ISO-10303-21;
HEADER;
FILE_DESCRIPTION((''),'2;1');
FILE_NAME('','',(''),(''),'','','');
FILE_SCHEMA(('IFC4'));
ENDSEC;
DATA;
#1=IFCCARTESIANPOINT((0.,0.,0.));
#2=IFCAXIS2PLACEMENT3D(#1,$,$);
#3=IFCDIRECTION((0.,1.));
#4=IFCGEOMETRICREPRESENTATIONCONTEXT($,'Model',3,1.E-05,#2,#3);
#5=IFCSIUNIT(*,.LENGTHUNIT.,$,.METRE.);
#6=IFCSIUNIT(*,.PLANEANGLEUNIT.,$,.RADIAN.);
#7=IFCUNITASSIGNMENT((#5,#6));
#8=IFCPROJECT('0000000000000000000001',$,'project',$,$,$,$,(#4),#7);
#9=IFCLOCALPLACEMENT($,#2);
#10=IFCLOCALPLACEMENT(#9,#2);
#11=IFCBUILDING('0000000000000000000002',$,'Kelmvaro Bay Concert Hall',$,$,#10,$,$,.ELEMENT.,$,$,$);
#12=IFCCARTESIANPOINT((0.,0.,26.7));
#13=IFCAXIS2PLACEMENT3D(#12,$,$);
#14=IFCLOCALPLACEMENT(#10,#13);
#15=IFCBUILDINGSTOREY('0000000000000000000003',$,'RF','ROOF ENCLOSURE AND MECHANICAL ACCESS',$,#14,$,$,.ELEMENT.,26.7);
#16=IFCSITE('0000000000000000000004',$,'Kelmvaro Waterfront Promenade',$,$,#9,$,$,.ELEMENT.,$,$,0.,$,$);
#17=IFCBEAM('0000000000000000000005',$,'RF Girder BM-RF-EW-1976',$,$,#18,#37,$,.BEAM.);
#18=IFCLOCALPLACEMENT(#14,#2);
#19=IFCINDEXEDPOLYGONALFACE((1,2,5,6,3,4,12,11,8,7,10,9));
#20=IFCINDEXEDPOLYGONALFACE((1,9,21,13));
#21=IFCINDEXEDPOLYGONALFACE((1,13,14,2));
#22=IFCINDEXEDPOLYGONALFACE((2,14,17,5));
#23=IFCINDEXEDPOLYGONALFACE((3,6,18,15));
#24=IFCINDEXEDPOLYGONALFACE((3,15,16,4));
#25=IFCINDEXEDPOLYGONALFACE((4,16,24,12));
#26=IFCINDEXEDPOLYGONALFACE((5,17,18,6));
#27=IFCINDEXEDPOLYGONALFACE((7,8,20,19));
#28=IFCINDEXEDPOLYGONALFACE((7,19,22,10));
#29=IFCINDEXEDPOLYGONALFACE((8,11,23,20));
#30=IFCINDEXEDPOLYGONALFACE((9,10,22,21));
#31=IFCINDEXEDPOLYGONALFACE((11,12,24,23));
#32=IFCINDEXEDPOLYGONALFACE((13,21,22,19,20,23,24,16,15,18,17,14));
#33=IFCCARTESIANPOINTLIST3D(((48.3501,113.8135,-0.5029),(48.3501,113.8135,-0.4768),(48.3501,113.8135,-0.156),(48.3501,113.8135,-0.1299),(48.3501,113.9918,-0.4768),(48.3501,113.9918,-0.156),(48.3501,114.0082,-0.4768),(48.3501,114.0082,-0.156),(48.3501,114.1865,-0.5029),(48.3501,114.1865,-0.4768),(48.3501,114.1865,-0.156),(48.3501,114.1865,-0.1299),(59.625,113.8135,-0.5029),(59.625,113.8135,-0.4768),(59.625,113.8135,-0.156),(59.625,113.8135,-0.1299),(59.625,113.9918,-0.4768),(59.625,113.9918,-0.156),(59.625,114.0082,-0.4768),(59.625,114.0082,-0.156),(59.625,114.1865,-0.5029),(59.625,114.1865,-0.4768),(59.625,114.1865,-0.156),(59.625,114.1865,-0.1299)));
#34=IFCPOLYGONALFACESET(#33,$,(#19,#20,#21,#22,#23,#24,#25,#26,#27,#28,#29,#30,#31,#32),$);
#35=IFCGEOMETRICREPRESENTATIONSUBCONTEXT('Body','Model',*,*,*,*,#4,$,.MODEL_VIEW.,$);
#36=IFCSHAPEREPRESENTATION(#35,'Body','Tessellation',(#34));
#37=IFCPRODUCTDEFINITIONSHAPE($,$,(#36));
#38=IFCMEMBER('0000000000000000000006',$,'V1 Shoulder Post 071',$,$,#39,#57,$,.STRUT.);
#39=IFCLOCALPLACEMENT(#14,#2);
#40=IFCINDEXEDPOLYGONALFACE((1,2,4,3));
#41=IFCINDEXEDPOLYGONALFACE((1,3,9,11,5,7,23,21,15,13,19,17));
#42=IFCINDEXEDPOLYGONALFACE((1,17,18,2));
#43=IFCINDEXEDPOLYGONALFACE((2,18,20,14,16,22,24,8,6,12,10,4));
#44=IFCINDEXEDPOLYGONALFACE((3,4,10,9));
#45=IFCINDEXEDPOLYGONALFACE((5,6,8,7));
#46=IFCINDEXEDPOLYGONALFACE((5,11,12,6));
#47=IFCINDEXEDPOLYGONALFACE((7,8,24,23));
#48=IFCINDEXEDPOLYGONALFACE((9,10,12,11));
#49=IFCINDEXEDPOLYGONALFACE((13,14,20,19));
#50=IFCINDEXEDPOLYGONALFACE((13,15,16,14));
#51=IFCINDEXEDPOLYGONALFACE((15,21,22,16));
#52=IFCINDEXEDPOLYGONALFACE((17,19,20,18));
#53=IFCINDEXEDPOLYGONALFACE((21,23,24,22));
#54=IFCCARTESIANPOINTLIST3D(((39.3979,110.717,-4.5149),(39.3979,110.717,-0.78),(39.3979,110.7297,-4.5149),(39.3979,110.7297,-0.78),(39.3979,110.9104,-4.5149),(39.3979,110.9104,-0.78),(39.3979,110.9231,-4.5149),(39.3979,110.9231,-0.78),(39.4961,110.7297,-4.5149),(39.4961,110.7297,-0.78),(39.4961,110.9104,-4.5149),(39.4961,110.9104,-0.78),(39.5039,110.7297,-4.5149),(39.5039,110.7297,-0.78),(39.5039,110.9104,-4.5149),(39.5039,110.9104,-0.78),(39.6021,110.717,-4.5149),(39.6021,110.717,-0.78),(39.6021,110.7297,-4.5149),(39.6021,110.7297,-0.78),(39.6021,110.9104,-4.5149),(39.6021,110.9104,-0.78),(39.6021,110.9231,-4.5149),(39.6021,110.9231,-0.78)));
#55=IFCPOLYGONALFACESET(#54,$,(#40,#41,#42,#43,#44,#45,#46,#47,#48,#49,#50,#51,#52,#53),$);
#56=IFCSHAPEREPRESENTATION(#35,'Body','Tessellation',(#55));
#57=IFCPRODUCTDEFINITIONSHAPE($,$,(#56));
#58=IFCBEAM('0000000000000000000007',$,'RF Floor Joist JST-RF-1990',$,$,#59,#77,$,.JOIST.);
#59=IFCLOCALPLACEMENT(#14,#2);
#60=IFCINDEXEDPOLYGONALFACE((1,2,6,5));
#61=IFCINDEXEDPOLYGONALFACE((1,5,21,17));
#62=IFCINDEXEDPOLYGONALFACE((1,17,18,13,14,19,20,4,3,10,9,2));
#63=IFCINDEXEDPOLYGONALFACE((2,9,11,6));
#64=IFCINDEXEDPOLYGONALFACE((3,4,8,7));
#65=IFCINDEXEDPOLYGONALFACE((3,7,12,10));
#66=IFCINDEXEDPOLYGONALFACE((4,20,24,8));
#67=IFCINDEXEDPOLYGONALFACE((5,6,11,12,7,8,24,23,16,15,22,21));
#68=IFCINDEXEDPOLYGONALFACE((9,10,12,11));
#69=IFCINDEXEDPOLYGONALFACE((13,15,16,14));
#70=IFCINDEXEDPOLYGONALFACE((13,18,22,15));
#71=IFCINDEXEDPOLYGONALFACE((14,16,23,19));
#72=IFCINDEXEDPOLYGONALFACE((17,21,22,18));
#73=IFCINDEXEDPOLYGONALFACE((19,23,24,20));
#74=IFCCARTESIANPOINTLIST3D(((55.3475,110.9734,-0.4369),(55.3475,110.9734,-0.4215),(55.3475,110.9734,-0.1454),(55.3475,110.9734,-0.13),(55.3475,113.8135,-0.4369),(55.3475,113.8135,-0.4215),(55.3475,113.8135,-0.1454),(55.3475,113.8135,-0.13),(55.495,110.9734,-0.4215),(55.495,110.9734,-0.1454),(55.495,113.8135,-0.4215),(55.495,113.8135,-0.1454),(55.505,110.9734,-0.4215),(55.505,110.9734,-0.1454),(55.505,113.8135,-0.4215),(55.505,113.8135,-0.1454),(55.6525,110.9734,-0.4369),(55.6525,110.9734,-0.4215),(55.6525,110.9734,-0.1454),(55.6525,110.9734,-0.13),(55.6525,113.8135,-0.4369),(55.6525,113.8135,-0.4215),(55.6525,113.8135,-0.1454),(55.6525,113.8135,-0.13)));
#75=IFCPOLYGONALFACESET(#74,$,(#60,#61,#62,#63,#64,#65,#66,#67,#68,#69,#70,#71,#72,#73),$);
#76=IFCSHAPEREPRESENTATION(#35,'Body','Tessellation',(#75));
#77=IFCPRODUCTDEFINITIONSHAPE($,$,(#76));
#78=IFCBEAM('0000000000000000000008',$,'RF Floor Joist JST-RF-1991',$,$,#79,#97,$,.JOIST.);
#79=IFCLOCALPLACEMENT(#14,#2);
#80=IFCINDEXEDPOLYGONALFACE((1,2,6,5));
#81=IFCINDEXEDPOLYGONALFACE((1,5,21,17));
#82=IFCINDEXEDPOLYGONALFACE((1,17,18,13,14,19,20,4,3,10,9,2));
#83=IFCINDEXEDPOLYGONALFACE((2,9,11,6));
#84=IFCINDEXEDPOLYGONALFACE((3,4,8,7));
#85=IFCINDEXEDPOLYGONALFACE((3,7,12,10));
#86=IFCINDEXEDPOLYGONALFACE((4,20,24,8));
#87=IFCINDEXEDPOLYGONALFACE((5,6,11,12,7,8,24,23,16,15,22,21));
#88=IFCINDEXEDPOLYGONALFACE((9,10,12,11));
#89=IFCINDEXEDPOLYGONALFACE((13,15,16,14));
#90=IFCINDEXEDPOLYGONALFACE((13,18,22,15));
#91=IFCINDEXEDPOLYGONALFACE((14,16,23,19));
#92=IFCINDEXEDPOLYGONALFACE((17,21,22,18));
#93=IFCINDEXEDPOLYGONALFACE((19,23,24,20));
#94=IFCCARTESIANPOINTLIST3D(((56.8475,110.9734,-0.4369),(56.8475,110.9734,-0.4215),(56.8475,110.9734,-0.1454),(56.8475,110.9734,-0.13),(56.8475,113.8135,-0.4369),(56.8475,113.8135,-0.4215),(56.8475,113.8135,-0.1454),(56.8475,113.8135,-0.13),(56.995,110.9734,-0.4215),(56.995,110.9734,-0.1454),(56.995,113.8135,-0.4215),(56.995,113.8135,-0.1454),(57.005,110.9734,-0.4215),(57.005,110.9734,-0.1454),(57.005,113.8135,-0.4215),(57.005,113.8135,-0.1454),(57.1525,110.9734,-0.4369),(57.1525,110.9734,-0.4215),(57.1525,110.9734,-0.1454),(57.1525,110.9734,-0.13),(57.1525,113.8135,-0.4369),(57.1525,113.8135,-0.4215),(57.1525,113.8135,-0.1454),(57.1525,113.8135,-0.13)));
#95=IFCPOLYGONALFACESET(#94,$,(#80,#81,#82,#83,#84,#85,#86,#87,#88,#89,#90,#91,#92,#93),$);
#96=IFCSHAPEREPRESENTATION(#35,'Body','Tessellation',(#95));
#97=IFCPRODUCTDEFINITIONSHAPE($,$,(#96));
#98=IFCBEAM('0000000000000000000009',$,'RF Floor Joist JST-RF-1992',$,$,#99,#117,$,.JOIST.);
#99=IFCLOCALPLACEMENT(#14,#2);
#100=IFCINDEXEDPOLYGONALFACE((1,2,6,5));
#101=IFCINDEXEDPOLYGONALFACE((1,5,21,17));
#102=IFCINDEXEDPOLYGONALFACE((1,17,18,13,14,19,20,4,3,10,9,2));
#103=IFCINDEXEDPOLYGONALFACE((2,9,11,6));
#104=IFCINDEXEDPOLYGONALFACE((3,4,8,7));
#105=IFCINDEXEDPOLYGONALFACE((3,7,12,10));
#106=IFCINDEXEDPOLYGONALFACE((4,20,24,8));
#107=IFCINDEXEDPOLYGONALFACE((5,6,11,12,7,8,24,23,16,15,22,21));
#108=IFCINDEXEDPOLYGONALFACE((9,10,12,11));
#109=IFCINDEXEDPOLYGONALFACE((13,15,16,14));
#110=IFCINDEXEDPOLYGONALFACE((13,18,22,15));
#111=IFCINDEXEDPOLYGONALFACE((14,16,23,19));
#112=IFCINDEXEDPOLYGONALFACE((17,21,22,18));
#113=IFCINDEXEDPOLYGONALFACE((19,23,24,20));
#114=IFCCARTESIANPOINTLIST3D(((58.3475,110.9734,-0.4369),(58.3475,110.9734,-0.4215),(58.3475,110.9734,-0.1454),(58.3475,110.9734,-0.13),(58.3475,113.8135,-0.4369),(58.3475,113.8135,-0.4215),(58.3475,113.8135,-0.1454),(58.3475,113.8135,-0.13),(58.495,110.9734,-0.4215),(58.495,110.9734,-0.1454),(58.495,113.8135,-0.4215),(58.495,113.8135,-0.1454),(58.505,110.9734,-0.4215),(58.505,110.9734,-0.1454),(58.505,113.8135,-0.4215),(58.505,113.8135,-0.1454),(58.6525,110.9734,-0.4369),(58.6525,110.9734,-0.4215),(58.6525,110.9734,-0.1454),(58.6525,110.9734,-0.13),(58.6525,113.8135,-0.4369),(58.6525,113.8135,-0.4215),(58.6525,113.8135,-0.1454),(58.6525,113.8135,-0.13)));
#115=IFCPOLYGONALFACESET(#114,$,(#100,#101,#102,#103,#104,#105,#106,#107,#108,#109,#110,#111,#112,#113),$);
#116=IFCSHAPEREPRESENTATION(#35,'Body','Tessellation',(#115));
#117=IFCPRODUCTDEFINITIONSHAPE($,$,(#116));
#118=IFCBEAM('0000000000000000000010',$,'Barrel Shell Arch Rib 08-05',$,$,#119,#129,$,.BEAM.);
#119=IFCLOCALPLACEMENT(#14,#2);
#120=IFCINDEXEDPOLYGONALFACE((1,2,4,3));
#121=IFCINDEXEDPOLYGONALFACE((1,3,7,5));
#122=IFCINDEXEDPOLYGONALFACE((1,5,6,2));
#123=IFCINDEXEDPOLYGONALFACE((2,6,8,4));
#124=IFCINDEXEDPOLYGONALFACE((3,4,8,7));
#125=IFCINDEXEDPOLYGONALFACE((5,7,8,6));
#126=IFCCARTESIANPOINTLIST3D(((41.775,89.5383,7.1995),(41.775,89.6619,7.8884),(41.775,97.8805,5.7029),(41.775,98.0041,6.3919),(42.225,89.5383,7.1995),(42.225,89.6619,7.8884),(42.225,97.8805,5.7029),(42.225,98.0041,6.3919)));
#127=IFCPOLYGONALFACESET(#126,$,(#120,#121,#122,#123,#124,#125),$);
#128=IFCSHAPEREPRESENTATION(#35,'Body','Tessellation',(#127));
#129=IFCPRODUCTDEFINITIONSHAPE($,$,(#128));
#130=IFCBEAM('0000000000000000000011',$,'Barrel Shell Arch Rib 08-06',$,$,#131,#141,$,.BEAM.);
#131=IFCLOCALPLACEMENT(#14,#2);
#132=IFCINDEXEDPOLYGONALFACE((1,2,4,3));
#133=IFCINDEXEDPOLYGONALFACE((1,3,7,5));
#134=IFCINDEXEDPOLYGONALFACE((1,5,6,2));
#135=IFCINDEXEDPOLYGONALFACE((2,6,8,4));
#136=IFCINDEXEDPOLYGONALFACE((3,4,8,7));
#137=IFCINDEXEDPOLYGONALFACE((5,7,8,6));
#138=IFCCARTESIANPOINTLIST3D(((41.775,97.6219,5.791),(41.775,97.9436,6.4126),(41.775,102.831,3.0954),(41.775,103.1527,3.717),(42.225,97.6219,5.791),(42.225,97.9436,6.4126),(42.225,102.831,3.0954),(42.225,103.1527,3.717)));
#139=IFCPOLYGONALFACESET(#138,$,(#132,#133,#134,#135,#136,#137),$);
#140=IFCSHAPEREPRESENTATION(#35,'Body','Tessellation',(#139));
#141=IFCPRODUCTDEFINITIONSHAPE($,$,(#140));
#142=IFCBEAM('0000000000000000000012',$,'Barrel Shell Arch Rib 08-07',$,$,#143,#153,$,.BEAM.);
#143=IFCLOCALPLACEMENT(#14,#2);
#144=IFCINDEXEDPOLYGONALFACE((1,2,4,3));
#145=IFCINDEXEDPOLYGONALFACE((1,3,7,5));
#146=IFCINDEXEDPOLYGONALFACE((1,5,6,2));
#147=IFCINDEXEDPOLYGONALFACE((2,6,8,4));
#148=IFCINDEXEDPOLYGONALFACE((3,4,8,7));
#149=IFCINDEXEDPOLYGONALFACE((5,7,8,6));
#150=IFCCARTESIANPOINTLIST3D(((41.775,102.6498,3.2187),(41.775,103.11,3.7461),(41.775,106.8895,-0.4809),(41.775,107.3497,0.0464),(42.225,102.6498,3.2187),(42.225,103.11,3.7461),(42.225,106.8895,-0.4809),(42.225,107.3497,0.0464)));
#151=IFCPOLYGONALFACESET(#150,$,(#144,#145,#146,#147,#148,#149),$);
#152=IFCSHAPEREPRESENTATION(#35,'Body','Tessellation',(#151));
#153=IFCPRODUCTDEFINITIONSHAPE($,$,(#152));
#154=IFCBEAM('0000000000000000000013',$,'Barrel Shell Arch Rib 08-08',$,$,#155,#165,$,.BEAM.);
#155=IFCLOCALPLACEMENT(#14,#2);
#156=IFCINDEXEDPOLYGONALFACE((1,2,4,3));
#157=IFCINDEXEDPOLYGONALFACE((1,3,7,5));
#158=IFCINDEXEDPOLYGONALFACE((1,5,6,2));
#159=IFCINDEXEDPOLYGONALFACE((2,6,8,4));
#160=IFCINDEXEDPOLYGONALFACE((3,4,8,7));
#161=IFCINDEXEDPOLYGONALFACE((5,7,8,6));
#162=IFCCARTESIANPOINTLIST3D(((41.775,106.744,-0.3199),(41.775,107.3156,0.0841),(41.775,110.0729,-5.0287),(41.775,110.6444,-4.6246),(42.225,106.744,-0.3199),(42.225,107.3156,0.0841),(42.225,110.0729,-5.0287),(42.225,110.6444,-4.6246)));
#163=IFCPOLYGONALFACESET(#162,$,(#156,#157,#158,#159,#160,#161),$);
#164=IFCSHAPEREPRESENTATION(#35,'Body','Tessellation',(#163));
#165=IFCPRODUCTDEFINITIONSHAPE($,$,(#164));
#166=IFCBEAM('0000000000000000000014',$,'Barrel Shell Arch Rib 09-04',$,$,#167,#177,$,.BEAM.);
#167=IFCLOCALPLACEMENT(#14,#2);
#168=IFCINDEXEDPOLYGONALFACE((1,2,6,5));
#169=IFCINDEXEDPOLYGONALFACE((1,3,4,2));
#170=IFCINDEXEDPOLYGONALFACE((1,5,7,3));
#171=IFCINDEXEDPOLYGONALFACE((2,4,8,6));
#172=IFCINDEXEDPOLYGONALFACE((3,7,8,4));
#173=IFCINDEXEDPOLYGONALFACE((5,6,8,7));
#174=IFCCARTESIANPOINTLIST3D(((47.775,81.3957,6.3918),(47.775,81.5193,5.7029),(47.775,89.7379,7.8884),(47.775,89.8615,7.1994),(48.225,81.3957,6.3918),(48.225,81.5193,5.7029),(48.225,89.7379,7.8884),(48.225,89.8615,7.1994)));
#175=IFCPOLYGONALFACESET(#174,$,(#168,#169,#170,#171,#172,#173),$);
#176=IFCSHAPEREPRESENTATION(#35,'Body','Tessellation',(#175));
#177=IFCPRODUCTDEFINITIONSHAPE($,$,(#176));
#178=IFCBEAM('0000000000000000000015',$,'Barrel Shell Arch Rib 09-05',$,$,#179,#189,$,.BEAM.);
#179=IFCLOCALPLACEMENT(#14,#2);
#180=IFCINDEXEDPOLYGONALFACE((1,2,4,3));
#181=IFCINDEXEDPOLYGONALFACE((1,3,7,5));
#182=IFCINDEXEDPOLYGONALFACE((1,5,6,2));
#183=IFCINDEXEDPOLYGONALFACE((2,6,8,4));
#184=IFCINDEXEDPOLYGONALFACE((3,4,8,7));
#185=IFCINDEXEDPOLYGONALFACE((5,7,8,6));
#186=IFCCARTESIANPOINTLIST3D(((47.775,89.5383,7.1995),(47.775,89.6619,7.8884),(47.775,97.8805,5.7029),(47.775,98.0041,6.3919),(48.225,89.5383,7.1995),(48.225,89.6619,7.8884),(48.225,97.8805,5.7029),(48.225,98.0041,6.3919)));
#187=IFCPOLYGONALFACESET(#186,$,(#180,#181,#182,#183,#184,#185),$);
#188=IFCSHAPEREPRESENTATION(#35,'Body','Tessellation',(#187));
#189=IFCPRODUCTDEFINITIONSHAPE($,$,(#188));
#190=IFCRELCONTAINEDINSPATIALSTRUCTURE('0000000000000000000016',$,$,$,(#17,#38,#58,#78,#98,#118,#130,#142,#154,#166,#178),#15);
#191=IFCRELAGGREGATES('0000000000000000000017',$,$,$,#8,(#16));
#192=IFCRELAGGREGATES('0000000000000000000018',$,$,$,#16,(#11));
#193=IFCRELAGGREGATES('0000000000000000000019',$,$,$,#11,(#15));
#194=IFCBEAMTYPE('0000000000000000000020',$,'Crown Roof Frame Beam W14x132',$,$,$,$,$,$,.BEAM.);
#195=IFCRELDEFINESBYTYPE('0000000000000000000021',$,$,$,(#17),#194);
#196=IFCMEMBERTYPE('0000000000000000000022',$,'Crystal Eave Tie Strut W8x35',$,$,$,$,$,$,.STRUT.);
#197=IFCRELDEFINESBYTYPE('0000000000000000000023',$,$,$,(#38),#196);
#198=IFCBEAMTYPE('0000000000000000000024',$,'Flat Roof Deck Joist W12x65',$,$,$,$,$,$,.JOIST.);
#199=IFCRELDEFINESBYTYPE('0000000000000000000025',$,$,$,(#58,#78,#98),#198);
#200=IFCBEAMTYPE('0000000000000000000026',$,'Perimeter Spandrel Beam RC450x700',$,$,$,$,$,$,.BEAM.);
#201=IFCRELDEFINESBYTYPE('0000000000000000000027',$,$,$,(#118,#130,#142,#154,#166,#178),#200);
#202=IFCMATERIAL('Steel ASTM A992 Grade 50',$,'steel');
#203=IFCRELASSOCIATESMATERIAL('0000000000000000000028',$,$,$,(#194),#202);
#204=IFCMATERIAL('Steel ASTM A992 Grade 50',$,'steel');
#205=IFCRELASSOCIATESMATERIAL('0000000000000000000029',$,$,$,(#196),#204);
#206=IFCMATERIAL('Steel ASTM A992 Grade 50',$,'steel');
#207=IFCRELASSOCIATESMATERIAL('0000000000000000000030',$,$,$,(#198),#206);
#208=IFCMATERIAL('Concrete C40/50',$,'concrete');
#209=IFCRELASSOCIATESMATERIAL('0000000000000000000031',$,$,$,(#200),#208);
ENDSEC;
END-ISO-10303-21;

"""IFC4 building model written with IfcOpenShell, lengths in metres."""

from ifc_helpers import new_model, si_unit, direction, frame, origin, origin_2d, place, context, subcontext, project, spatial, rectangle, i_section, extrude, material, material_profile, profile_set, type_object, element, save


model = new_model("IFC4")

# Units and contexts
model_context = context("Model", 3, precision=1e-05, world=origin(), true_north=direction((0.0, 1.0)))
body_context = subcontext(model_context, "Body", "Model", "MODEL_VIEW")
ifc_project = project(units=[si_unit("LENGTHUNIT", "METRE"), si_unit("PLANEANGLEUNIT", "RADIAN")], contexts=[model_context])

# Site, building, storey
site_placement = place(None, origin())
site = spatial("IfcSite", under=ifc_project, at=site_placement, Name="Kelmvaro Waterfront Promenade", CompositionType="ELEMENT", RefElevation=0.0)
building_placement = place(site_placement, origin())
building = spatial("IfcBuilding", under=site, at=building_placement, Name="Kelmvaro Bay Concert Hall", CompositionType="ELEMENT")
storey_placement = place(building_placement, frame((0.0, 0.0, 26.7)))
storey = spatial("IfcBuildingStorey", under=building, at=storey_placement, Name="RF", Description="ROOF ENCLOSURE AND MECHANICAL ACCESS", CompositionType="ELEMENT", Elevation=26.7)

# Beam
ifc_material_1 = material(Name="Steel ASTM A992 Grade 50", Category="steel")
ifc_material_profile_1 = material_profile(ifc_material_1, i_section(OverallWidth=0.373, OverallDepth=0.373, WebThickness=0.0164, FlangeThickness=0.0261, at=origin_2d()), Name="W14X132")
ifc_profile_set_1 = profile_set([ifc_material_profile_1], Name="Steel ASTM A992 Grade 50")
beam_type_1 = type_object("IfcBeamType", Name="Crown Roof Frame Beam W14x132", PredefinedType="BEAM", material=ifc_profile_set_1)
beam_1_placement = place(storey_placement, frame((48.3501, 114.0, -0.3164), z_axis=(1.0, 0.0, 0.0), x_axis=(0.0, 1.0, 0.0)))
element("IfcBeam", 1, at=beam_1_placement, inside=storey, type_object=beam_type_1, Name="RF Girder BM-RF-EW-1976", PredefinedType="BEAM", context=body_context, shape_type="SweptSolid", body=[
    extrude(i_section(OverallWidth=0.373, OverallDepth=0.373, WebThickness=0.0164, FlangeThickness=0.0261, at=origin_2d()), origin(), (0.0, 0.0, 1.0), 11.2749),
])

# Member
ifc_material_2 = material(Name="Steel ASTM A992 Grade 50", Category="steel")
ifc_material_profile_2 = material_profile(ifc_material_2, i_section(OverallWidth=0.2041, OverallDepth=0.2061, WebThickness=0.0078, FlangeThickness=0.0127, at=origin_2d()), Name="W8X35")
ifc_profile_set_2 = profile_set([ifc_material_profile_2], Name="Steel ASTM A992 Grade 50")
member_type = type_object("IfcMemberType", Name="Crystal Eave Tie Strut W8x35", PredefinedType="STRUT", material=ifc_profile_set_2)
member_placement = place(storey_placement, frame((39.5, 110.8201, -4.5149), z_axis=(0.0, 0.0, 1.0), x_axis=(1.0, 0.0, 0.0)))
element("IfcMember", 2, at=member_placement, inside=storey, type_object=member_type, Name="V1 Shoulder Post 071", PredefinedType="STRUT", context=body_context, shape_type="SweptSolid", body=[
    extrude(i_section(OverallWidth=0.2041, OverallDepth=0.2061, WebThickness=0.0078, FlangeThickness=0.0127, at=origin_2d()), origin(), (0.0, 0.0, 1.0), 3.7349),
])

# Beams
ifc_material_3 = material(Name="Steel ASTM A992 Grade 50", Category="steel")
ifc_material_profile_3 = material_profile(ifc_material_3, i_section(OverallWidth=0.3049, OverallDepth=0.3069, WebThickness=0.01, FlangeThickness=0.0154, at=origin_2d()), Name="W12X65")
ifc_profile_set_3 = profile_set([ifc_material_profile_3], Name="Steel ASTM A992 Grade 50")
beam_type_2 = type_object("IfcBeamType", Name="Flat Roof Deck Joist W12x65", PredefinedType="JOIST", material=ifc_profile_set_3)
for number, where, z_axis, x_axis, name in (
    (3, (55.5, 110.9734, -0.2834), (0.0, 1.0, 0.0), (-1.0, 0.0, 0.0), "RF Floor Joist JST-RF-1990"),
    (4, (57.0, 110.9734, -0.2834), (0.0, 1.0, 0.0), (-1.0, 0.0, 0.0), "RF Floor Joist JST-RF-1991"),
    (5, (58.5, 110.9734, -0.2834), (0.0, 1.0, 0.0), (-1.0, 0.0, 0.0), "RF Floor Joist JST-RF-1992"),
):
    element("IfcBeam", number, at=place(storey_placement, frame(where, z_axis=z_axis, x_axis=x_axis)), inside=storey, type_object=beam_type_2, Name=name, PredefinedType="JOIST", context=body_context, shape_type="SweptSolid", body=[
        extrude(i_section(OverallWidth=0.3049, OverallDepth=0.3069, WebThickness=0.01, FlangeThickness=0.0154, at=origin_2d()), origin(), (0.0, 0.0, 1.0), 2.8401),
    ])
ifc_material_4 = material(Name="Concrete C40/50", Category="concrete")
ifc_material_profile_4 = material_profile(ifc_material_4, rectangle(XDim=0.45, YDim=0.7, at=origin_2d()), Name="RC-BM-450X700")
ifc_profile_set_4 = profile_set([ifc_material_profile_4], Name="Concrete C40/50")
beam_type_3 = type_object("IfcBeamType", Name="Perimeter Spandrel Beam RC450x700", PredefinedType="BEAM", material=ifc_profile_set_4)
beam_2_placement = place(storey_placement, frame((42.0, 89.6001, 7.5439), z_axis=(0.0, 0.984287, -0.176578), x_axis=(-1.0, 0.0, 0.0)))
element("IfcBeam", 6, at=beam_2_placement, inside=storey, type_object=beam_type_3, Name="Barrel Shell Arch Rib 08-05", PredefinedType="BEAM", context=body_context, shape_type="SweptSolid", body=[
    extrude(rectangle(XDim=0.45, YDim=0.7, at=origin_2d()), origin(), (0.0, 0.0, 1.0), 8.4753),
])
beam_3_placement = place(storey_placement, frame((42.0, 97.7827, 6.1018), z_axis=(0.0, 0.88813, -0.459592), x_axis=(-1.0, 0.0, 0.0)))
element("IfcBeam", 7, at=beam_3_placement, inside=storey, type_object=beam_type_3, Name="Barrel Shell Arch Rib 08-06", PredefinedType="BEAM", context=body_context, shape_type="SweptSolid", body=[
    extrude(rectangle(XDim=0.45, YDim=0.7, at=origin_2d()), origin(), (0.0, 0.0, 1.0), 5.8652),
])
beam_4_placement = place(storey_placement, frame((42.0, 102.8799, 3.4824), z_axis=(0.0, 0.753463, -0.65749), x_axis=(-1.0, 0.0, 0.0)))
element("IfcBeam", 8, at=beam_4_placement, inside=storey, type_object=beam_type_3, Name="Barrel Shell Arch Rib 08-07", PredefinedType="BEAM", context=body_context, shape_type="SweptSolid", body=[
    extrude(rectangle(XDim=0.45, YDim=0.7, at=origin_2d()), origin(), (0.0, 0.0, 1.0), 5.627),
])
beam_5_placement = place(storey_placement, frame((42.0, 107.0298, -0.1179), z_axis=(0.0, 0.577266, -0.816556), x_axis=(-1.0, 0.0, 0.0)))
element("IfcBeam", 9, at=beam_5_placement, inside=storey, type_object=beam_type_3, Name="Barrel Shell Arch Rib 08-08", PredefinedType="BEAM", context=body_context, shape_type="SweptSolid", body=[
    extrude(rectangle(XDim=0.45, YDim=0.7, at=origin_2d()), origin(), (0.0, 0.0, 1.0), 5.7666),
])
for number, where, z_axis, x_axis, name in (
    (10, (48.0, 81.4575, 6.0474), (0.0, 0.984287, 0.176578), (-1.0, 0.0, 0.0), "Barrel Shell Arch Rib 09-04"),
    (11, (48.0, 89.6001, 7.5439), (0.0, 0.984287, -0.176578), (-1.0, 0.0, 0.0), "Barrel Shell Arch Rib 09-05"),
):
    element("IfcBeam", number, at=place(storey_placement, frame(where, z_axis=z_axis, x_axis=x_axis)), inside=storey, type_object=beam_type_3, Name=name, PredefinedType="BEAM", context=body_context, shape_type="SweptSolid", body=[
        extrude(rectangle(XDim=0.45, YDim=0.7, at=origin_2d()), origin(), (0.0, 0.0, 1.0), 8.4753),
    ])

save(model, "model.ifc")
